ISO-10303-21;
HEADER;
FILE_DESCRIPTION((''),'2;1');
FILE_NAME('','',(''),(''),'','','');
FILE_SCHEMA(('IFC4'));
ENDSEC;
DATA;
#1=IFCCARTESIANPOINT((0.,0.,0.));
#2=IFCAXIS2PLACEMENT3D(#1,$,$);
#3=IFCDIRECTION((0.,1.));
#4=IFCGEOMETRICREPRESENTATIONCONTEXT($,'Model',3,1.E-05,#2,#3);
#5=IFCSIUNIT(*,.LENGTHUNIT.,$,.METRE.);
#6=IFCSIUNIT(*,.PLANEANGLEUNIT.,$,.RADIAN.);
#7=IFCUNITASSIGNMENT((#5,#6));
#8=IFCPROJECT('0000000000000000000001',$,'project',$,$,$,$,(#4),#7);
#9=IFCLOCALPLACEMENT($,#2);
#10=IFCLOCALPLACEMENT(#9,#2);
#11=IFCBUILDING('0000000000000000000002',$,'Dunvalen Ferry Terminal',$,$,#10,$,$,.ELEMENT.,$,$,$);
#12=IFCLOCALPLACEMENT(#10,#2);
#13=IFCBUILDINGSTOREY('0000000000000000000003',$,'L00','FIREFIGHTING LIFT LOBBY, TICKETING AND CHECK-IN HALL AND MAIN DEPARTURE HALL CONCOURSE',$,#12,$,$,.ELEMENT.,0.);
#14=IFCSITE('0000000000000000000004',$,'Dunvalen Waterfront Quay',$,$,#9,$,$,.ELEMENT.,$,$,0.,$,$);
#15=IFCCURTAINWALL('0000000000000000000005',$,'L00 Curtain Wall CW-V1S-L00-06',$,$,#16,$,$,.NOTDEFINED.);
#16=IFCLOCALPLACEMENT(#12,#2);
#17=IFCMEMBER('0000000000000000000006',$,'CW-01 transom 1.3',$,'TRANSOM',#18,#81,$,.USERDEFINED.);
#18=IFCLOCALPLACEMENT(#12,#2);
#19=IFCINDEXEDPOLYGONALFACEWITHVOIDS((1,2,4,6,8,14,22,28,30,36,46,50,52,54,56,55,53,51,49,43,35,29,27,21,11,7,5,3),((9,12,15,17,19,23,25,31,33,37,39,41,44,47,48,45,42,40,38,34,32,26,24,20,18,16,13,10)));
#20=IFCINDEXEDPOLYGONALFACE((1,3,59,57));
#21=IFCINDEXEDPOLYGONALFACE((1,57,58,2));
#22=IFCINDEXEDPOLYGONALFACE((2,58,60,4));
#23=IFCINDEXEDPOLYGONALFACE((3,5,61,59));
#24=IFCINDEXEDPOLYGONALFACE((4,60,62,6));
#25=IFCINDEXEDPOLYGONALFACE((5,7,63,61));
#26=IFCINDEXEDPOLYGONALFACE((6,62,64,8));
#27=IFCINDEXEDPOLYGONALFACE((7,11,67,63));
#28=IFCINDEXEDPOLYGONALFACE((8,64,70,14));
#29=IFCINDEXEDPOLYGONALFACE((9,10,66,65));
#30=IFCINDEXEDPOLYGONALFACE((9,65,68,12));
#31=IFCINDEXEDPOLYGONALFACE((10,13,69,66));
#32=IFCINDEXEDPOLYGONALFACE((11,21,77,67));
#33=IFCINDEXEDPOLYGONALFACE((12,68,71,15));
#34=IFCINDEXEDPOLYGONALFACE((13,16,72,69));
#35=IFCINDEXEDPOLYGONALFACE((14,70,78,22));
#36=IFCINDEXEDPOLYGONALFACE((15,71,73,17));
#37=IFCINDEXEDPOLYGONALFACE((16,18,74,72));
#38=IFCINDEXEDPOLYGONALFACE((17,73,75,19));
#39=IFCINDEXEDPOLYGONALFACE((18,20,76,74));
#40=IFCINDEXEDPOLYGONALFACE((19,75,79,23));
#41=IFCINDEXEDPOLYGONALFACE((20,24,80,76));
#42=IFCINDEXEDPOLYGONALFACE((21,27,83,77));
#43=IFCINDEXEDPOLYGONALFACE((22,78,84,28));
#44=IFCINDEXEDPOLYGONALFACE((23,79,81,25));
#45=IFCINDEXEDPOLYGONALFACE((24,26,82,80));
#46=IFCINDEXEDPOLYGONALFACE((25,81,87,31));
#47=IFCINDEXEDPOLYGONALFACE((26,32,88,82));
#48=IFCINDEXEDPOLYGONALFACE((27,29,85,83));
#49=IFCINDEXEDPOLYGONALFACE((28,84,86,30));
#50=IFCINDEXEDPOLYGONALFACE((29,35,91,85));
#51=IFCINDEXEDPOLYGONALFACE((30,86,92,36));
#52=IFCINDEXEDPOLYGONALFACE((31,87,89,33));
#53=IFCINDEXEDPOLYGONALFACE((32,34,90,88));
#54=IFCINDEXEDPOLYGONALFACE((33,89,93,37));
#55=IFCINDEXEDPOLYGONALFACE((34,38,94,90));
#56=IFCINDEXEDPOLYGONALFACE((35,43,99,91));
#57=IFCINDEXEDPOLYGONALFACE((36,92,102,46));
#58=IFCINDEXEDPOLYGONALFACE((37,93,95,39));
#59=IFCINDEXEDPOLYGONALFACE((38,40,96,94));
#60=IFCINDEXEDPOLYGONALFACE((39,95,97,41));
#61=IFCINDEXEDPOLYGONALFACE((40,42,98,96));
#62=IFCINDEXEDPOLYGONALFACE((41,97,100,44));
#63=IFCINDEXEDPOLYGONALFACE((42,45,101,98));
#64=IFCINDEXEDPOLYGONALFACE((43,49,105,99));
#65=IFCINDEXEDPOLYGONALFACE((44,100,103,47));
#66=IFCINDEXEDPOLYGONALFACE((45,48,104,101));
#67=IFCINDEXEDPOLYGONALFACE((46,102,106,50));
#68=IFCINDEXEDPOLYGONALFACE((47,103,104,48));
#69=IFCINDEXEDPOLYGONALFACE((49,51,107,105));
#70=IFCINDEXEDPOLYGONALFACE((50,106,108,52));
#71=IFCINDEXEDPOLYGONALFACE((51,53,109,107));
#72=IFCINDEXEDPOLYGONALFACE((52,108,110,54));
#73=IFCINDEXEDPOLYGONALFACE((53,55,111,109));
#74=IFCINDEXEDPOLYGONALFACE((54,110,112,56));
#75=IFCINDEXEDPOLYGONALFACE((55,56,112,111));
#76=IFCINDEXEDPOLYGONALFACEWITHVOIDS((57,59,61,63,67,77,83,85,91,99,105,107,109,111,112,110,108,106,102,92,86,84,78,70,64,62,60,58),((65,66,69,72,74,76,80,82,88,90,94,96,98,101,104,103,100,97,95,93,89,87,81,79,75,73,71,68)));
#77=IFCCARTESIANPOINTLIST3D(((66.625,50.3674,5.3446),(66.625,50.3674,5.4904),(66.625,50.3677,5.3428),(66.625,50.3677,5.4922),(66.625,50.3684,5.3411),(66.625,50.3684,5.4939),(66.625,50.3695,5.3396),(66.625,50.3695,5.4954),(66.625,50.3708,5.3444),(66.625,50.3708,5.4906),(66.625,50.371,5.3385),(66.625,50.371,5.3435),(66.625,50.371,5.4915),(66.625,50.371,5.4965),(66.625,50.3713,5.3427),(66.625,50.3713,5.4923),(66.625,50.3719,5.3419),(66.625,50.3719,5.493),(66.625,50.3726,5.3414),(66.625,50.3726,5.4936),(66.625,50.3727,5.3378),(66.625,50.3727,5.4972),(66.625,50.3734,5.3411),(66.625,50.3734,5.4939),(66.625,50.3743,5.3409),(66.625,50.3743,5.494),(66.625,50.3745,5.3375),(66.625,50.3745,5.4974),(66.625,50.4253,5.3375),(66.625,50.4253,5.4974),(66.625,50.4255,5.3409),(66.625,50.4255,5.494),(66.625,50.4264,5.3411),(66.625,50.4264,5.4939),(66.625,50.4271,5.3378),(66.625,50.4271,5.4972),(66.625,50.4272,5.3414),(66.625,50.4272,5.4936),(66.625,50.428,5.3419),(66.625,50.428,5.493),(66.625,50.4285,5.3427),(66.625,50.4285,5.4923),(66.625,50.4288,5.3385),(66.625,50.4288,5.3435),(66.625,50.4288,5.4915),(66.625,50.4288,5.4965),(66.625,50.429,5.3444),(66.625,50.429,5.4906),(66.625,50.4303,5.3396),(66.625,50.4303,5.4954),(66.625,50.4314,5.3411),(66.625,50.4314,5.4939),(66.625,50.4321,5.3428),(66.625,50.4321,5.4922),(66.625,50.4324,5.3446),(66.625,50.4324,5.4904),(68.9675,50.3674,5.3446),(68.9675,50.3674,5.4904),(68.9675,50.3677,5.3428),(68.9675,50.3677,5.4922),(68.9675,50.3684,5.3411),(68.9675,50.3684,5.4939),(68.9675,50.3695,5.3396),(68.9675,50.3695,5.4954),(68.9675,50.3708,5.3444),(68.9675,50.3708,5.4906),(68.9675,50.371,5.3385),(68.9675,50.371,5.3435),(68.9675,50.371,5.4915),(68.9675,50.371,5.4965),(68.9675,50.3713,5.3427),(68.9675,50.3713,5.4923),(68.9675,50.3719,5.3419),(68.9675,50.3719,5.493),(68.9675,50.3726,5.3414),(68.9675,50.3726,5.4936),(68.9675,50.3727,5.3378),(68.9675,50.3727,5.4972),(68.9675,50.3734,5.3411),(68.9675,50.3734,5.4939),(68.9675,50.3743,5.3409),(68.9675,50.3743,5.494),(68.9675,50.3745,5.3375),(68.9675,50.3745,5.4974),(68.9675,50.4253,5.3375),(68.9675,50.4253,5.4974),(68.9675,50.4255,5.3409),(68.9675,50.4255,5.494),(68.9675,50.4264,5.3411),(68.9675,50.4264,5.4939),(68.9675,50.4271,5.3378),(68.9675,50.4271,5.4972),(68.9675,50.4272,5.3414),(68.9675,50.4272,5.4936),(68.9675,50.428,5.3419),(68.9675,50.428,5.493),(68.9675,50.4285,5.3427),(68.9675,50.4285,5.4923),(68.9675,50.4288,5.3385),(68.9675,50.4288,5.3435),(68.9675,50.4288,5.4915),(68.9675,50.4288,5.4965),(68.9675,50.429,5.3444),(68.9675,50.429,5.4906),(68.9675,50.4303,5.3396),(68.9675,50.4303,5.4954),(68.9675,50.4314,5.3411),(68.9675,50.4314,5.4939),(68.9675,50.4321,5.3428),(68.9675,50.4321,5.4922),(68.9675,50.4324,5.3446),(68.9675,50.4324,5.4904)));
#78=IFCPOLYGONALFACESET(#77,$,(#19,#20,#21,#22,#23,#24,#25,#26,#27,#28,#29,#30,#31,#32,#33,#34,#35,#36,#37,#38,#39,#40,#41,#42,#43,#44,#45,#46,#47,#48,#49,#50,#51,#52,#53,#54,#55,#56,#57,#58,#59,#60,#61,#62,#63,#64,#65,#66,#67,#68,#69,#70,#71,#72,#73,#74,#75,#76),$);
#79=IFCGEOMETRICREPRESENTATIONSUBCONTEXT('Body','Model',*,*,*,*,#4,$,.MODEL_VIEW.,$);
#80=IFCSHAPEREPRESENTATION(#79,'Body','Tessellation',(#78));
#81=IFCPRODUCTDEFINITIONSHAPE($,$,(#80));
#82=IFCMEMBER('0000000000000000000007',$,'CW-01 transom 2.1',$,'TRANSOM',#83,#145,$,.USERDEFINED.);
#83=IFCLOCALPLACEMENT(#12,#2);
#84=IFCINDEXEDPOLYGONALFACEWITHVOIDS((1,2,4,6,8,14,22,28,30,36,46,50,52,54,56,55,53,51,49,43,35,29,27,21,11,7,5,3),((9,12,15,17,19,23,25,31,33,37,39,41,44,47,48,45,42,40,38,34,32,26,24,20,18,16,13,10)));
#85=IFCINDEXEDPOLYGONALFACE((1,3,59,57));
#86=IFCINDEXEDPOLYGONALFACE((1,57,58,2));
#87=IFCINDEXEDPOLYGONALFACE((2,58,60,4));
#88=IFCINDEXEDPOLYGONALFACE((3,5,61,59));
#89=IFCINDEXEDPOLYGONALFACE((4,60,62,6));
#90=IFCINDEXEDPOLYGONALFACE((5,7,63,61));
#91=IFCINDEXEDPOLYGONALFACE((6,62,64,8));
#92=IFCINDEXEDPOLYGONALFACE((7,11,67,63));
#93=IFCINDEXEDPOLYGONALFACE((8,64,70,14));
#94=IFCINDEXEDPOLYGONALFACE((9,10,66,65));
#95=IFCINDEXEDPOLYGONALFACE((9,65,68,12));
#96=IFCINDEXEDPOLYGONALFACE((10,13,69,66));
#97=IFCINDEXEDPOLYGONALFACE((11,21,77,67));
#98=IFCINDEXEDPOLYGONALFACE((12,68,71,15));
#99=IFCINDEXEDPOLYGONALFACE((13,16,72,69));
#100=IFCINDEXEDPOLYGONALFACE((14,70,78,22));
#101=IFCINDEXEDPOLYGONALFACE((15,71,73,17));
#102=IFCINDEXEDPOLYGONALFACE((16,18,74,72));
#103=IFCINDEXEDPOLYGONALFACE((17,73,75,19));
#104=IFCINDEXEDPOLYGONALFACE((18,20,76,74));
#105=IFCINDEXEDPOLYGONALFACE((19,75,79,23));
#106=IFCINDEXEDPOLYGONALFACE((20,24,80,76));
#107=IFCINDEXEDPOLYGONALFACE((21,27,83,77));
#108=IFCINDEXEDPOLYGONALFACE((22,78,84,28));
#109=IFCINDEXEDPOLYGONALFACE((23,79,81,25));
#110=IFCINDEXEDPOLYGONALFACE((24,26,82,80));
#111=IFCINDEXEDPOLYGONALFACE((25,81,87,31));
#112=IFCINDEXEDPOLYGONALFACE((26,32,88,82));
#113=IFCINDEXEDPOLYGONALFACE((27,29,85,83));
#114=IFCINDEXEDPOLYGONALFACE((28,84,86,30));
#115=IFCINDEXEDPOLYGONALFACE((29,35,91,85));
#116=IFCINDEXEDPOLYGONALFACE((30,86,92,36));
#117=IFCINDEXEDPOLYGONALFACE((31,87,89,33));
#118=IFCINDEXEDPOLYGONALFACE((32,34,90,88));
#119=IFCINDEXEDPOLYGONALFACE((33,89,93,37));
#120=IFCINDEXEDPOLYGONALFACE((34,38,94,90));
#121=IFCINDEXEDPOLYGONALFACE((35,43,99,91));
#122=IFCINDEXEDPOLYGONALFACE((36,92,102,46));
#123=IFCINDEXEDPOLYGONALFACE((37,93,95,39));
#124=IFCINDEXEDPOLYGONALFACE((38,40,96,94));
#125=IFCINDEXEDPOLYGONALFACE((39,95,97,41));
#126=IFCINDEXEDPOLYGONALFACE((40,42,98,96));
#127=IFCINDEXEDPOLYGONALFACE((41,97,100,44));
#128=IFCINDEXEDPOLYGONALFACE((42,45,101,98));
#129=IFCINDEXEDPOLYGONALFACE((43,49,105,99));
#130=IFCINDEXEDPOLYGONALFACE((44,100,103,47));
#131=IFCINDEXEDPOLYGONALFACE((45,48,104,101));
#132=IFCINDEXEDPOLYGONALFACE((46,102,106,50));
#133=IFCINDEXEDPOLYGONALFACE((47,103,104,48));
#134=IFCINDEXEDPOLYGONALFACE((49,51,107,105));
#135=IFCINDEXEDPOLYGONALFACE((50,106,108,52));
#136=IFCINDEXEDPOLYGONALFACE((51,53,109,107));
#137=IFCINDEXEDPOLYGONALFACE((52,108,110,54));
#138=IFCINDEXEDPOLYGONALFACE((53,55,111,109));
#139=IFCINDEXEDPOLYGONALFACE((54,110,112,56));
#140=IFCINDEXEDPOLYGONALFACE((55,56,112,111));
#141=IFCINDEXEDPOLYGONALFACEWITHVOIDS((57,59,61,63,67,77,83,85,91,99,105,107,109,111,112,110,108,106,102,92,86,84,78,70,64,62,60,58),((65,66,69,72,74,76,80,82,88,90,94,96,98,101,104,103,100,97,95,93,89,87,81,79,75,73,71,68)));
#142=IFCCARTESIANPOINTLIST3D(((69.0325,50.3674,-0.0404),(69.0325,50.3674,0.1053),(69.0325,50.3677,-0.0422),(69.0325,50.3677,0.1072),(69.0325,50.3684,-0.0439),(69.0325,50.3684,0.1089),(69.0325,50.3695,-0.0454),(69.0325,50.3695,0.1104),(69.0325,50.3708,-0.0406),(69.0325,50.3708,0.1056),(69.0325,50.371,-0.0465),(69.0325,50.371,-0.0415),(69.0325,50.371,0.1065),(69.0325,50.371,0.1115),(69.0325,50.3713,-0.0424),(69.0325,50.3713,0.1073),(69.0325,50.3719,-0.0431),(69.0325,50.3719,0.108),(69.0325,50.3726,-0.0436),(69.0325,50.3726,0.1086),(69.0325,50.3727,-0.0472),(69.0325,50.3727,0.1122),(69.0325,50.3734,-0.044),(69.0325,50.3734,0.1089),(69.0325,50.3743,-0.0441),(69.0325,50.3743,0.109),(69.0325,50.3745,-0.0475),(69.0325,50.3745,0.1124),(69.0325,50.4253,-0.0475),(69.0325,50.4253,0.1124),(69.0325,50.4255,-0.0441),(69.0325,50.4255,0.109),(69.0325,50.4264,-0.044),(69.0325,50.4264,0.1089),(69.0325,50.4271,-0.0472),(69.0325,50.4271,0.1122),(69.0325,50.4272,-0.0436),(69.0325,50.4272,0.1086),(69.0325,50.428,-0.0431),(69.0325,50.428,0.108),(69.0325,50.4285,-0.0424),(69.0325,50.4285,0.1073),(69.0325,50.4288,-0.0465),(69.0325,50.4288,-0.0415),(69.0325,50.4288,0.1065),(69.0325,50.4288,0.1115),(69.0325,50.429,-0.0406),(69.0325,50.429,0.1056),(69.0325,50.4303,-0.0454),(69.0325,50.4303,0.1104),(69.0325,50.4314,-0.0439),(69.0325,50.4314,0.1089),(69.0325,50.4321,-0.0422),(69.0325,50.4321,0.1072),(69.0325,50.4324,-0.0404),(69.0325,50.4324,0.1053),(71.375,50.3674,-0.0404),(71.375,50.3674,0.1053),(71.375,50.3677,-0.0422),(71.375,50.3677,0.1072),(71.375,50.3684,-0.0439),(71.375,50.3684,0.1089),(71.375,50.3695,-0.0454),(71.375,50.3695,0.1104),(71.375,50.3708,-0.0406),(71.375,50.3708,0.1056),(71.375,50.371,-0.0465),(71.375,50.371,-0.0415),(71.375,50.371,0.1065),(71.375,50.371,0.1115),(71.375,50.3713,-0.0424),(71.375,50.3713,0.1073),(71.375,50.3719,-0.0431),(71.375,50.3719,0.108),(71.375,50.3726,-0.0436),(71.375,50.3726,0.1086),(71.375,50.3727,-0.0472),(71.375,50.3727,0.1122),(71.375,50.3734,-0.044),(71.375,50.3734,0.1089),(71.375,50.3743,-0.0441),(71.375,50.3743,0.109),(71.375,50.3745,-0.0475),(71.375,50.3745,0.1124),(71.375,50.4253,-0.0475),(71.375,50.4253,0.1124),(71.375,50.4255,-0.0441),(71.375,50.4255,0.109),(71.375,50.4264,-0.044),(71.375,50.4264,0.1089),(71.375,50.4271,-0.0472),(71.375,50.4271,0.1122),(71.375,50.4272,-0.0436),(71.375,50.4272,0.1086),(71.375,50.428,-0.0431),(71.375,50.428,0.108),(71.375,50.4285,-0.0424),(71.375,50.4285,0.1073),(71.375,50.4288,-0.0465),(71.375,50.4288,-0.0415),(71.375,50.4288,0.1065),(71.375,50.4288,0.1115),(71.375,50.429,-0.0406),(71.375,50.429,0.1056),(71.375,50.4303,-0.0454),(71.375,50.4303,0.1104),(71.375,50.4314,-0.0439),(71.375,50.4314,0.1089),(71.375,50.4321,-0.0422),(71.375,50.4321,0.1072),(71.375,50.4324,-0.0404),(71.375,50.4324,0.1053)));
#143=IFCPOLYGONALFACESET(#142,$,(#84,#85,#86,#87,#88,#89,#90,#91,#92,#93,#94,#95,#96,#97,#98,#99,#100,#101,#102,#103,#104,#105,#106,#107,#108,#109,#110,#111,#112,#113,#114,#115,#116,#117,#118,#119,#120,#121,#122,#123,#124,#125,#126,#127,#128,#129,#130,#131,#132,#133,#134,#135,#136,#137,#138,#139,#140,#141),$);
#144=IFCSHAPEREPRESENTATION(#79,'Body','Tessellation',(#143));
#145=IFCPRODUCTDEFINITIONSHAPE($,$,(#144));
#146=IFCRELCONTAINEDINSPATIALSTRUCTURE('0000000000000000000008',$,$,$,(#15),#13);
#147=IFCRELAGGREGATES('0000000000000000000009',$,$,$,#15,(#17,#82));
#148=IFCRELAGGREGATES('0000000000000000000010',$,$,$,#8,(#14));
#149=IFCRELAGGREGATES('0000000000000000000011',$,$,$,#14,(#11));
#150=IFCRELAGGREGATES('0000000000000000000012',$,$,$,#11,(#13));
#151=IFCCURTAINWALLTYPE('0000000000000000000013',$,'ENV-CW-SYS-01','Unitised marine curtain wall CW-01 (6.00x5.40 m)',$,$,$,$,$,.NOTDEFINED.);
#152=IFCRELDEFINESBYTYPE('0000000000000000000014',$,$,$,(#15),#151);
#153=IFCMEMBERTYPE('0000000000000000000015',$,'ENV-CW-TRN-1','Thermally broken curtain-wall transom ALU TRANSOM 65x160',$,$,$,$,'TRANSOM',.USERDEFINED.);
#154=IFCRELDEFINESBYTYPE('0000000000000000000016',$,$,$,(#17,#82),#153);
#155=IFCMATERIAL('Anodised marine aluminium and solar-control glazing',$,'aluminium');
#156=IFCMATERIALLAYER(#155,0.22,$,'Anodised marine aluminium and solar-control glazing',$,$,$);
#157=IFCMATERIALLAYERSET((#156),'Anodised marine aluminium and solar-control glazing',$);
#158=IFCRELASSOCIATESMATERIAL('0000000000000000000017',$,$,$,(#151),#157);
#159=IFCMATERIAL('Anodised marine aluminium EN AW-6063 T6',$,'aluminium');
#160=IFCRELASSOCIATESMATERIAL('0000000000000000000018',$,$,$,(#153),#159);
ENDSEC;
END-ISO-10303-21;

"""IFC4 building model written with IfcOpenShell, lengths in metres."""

from ifc_helpers import new_model, si_unit, direction, frame, origin, origin_2d, place, context, subcontext, project, spatial, hollow_rectangle, extrude, material, layer, layer_set, material_profile, profile_set, type_object, element, aggregate, save


model = new_model("IFC4")

# Units and contexts
model_context = context("Model", 3, precision=1e-05, world=origin(), true_north=direction((0.0, 1.0)))
body_context = subcontext(model_context, "Body", "Model", "MODEL_VIEW")
ifc_project = project(units=[si_unit("LENGTHUNIT", "METRE"), si_unit("PLANEANGLEUNIT", "RADIAN")], contexts=[model_context])

# Site, building, storey
site_placement = place(None, origin())
site = spatial("IfcSite", under=ifc_project, at=site_placement, Name="Dunvalen Waterfront Quay", CompositionType="ELEMENT", RefElevation=0.0)
building_placement = place(site_placement, origin())
building = spatial("IfcBuilding", under=site, at=building_placement, Name="Dunvalen Ferry Terminal", CompositionType="ELEMENT")
storey_placement = place(building_placement, origin())
storey = spatial("IfcBuildingStorey", under=building, at=storey_placement, Name="L00", Description="FIREFIGHTING LIFT LOBBY, TICKETING AND CHECK-IN HALL AND MAIN DEPARTURE HALL CONCOURSE", CompositionType="ELEMENT", Elevation=0.0)

# Curtain wall, members
ifc_material_1 = material(Name="Anodised marine aluminium and solar-control glazing", Category="aluminium")
ifc_layer_1 = layer(ifc_material_1, 0.22, Name="Anodised marine aluminium and solar-control glazing")
ifc_layer_set_1 = layer_set([ifc_layer_1], Name="Anodised marine aluminium and solar-control glazing")
curtain_wall_type = type_object("IfcCurtainWallType", Name="ENV-CW-SYS-01", Description="Unitised marine curtain wall CW-01 (6.00x5.40 m)", PredefinedType="NOTDEFINED", material=ifc_layer_set_1)
curtain_wall_placement = place(storey_placement, origin())
curtain_wall = element("IfcCurtainWall", 1, at=curtain_wall_placement, inside=storey, type_object=curtain_wall_type, Name="L00 Curtain Wall CW-V1S-L00-06", PredefinedType="NOTDEFINED")
ifc_material_2 = material(Name="Anodised marine aluminium EN AW-6063 T6", Category="aluminium")
ifc_material_profile_1 = material_profile(ifc_material_2, hollow_rectangle(XDim=0.0649, YDim=0.1599, WallThickness=0.0034, InnerFilletRadius=0.0034, OuterFilletRadius=0.0071, at=origin_2d()), Name="Anodised marine aluminium EN AW-6063 T6")
ifc_profile_set_1 = profile_set([ifc_material_profile_1], Name="Anodised marine aluminium EN AW-6063 T6")
member_type_1 = type_object("IfcMemberType", Name="ENV-CW-TRN-1", Description="Thermally broken curtain-wall transom ALU TRANSOM 65x160", ElementType="TRANSOM", PredefinedType="USERDEFINED", material=ifc_profile_set_1)
member_1_placement = place(storey_placement, frame((66.625, 50.3999, 5.4175), z_axis=(1.0, 0.0, 0.0), x_axis=(0.0, 1.0, 0.0)))
member_1 = element("IfcMember", 2, at=member_1_placement, type_object=member_type_1, Name="CW-01 transom 1.3", ObjectType="TRANSOM", PredefinedType="USERDEFINED", context=body_context, shape_type="SweptSolid", body=[
    extrude(hollow_rectangle(XDim=0.0649, YDim=0.1599, WallThickness=0.0034, InnerFilletRadius=0.0034, OuterFilletRadius=0.0071, at=origin_2d()), origin(), (0.0, 0.0, 1.0), 2.3425),
])
member_2_placement = place(storey_placement, frame((69.0325, 50.3999, 0.0325), z_axis=(1.0, 0.0, 0.0), x_axis=(0.0, 1.0, 0.0)))
member_2 = element("IfcMember", 3, at=member_2_placement, type_object=member_type_1, Name="CW-01 transom 2.1", ObjectType="TRANSOM", PredefinedType="USERDEFINED", context=body_context, shape_type="SweptSolid", body=[
    extrude(hollow_rectangle(XDim=0.0649, YDim=0.1599, WallThickness=0.0034, InnerFilletRadius=0.0034, OuterFilletRadius=0.0071, at=origin_2d()), origin(), (0.0, 0.0, 1.0), 2.3425),
])

aggregate(curtain_wall, [member_1, member_2])

save(model, "model.ifc")
